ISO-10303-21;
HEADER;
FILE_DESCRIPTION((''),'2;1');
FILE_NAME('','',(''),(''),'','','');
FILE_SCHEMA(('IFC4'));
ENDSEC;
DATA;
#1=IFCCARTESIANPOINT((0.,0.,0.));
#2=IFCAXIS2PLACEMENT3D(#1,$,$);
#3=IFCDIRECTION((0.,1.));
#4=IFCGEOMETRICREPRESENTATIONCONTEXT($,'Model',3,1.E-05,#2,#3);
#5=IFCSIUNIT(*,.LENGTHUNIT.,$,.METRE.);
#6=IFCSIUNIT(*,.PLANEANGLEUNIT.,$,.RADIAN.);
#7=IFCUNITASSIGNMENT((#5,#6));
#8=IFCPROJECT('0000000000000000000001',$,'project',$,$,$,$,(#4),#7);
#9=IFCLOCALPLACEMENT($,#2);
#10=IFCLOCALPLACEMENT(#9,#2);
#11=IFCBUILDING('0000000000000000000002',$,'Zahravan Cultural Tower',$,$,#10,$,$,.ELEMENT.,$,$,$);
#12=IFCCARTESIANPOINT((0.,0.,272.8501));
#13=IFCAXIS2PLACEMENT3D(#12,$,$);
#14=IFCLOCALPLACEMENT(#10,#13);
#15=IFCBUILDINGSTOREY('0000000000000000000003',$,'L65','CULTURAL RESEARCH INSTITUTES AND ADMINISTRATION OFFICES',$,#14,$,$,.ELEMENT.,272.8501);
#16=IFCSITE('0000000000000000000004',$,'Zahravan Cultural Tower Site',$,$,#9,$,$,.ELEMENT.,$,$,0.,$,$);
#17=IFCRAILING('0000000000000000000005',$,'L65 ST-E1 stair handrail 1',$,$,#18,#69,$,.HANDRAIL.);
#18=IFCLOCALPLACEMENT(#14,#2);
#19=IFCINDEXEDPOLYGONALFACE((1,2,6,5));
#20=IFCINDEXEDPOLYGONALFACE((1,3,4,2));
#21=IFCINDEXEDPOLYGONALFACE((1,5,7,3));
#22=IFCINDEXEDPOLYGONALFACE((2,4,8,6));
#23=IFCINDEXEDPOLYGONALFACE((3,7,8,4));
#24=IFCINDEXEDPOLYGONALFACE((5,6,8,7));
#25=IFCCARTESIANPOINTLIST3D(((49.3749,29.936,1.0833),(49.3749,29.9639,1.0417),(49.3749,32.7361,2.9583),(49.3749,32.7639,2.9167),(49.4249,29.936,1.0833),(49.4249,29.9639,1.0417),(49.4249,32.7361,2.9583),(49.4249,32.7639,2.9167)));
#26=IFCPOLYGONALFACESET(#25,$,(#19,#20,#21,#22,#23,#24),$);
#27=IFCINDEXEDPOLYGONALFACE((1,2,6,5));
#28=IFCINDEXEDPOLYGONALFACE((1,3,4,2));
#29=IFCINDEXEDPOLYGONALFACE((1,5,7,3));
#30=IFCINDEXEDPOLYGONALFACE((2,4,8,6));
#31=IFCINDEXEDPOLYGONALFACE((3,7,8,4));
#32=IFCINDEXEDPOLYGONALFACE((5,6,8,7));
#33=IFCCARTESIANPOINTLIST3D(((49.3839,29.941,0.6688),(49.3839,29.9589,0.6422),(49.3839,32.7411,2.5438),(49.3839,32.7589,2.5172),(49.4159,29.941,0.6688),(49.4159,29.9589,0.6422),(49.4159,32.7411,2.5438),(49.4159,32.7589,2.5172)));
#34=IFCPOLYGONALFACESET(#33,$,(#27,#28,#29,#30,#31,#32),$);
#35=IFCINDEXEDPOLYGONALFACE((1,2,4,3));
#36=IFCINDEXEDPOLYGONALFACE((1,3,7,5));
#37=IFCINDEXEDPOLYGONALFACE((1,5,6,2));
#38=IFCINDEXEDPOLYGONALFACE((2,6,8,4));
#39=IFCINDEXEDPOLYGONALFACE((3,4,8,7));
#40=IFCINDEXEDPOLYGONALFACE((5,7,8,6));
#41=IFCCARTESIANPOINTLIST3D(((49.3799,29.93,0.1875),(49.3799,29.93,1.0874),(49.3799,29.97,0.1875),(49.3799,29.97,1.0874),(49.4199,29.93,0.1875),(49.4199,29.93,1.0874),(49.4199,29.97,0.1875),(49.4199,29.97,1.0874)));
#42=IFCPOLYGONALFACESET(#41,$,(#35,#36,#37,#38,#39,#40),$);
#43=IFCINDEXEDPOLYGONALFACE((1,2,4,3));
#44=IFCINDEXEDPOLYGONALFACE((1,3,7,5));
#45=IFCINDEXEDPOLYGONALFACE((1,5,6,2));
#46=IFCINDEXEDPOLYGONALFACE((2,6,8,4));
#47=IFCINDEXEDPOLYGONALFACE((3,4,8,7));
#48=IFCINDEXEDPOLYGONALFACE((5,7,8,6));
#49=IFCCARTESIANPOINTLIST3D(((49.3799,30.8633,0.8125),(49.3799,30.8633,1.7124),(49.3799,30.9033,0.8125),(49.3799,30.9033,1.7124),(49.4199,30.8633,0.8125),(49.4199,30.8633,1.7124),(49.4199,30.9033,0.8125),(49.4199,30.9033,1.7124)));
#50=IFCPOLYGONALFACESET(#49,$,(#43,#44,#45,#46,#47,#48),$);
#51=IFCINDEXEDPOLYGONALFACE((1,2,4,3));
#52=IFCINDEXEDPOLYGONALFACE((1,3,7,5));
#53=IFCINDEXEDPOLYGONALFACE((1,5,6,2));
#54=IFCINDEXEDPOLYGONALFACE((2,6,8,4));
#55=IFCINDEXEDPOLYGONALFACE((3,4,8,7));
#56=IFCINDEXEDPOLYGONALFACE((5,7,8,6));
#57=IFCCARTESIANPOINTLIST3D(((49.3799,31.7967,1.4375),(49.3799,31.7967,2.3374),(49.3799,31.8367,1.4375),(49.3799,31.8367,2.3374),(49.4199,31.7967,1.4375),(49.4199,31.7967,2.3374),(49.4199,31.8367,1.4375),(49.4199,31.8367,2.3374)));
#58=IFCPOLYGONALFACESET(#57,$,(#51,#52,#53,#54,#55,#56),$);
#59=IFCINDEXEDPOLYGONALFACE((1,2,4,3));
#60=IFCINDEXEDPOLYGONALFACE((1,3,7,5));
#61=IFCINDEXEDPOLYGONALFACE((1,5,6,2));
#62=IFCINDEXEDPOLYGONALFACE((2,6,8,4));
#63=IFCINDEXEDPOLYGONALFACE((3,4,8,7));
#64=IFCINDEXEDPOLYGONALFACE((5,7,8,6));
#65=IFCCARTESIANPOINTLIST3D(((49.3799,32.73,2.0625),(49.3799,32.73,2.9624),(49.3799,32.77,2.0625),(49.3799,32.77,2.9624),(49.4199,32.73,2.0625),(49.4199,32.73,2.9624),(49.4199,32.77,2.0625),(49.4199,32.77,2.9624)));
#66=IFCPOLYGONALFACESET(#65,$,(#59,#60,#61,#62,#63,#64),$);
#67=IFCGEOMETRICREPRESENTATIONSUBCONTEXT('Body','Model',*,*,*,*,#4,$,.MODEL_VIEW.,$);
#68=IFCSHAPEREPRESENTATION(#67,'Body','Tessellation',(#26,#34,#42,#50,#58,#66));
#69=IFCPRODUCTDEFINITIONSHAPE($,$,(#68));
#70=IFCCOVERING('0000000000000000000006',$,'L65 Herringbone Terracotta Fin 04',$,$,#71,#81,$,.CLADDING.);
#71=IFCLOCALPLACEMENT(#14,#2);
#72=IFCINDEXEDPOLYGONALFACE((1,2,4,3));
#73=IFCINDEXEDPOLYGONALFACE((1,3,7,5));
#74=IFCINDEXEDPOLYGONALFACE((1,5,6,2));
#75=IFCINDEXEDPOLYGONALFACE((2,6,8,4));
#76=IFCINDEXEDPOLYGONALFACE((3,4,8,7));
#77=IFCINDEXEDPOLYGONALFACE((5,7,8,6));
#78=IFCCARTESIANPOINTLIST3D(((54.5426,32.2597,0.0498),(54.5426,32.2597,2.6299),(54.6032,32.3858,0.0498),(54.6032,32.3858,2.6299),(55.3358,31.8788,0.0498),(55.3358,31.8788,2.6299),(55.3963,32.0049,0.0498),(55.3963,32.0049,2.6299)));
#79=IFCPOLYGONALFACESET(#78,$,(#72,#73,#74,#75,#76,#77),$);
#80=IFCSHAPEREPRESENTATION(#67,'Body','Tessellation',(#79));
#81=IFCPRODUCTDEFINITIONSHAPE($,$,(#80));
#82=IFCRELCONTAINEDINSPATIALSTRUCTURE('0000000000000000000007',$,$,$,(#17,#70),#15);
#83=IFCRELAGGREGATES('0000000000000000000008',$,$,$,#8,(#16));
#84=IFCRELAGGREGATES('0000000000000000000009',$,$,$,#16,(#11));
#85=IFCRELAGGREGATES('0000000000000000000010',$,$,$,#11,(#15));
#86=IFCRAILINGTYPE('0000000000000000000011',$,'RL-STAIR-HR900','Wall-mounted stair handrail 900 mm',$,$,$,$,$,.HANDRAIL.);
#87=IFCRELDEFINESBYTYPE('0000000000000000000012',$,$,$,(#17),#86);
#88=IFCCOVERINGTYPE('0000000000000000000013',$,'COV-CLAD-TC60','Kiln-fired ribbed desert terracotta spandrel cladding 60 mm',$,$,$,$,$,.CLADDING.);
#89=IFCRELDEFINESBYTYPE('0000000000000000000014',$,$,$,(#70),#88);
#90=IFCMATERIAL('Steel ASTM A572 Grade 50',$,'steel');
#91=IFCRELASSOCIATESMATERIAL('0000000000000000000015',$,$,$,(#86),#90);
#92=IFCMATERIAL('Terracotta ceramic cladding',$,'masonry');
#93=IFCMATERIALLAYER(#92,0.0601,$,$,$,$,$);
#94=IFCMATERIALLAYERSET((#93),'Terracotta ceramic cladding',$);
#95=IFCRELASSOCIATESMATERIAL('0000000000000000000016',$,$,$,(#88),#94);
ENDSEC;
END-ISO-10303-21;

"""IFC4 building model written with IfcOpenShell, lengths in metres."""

from ifc_helpers import new_model, si_unit, direction, frame, origin, origin_2d, place, context, subcontext, project, spatial, rectangle, extrude, source, transform, mapped, material, layer, layer_set, type_object, element, save


model = new_model("IFC4")

# Units and contexts
model_context = context("Model", 3, precision=1e-05, world=origin(), true_north=direction((0.0, 1.0)))
body_context = subcontext(model_context, "Body", "Model", "MODEL_VIEW")
ifc_project = project(units=[si_unit("LENGTHUNIT", "METRE"), si_unit("PLANEANGLEUNIT", "RADIAN")], contexts=[model_context])

# Site, building, storey
site_placement = place(None, origin())
site = spatial("IfcSite", under=ifc_project, at=site_placement, Name="Zahravan Cultural Tower Site", CompositionType="ELEMENT", RefElevation=0.0)
building_placement = place(site_placement, origin())
building = spatial("IfcBuilding", under=site, at=building_placement, Name="Zahravan Cultural Tower", CompositionType="ELEMENT")
storey_placement = place(building_placement, frame((0.0, 0.0, 272.8501)))
storey = spatial("IfcBuildingStorey", under=building, at=storey_placement, Name="L65", Description="CULTURAL RESEARCH INSTITUTES AND ADMINISTRATION OFFICES", CompositionType="ELEMENT", Elevation=272.8501)

# Railing
ifc_material_1 = material(Name="Steel ASTM A572 Grade 50", Category="steel")
railing_type_1 = type_object("IfcRailingType", Name="RL-STAIR-HR900", Description="Wall-mounted stair handrail 900 mm", PredefinedType="HANDRAIL", material=ifc_material_1)
railing_1_placement = place(storey_placement, frame((49.3999, 29.95, 0.1875)))
element("IfcRailing", 1, at=railing_1_placement, inside=storey, type_object=railing_type_1, Name="L65 ST-E1 stair handrail 1", PredefinedType="HANDRAIL", context=body_context, shape_type="SweptSolid", body=[
    extrude(rectangle(XDim=0.05, YDim=0.05, at=origin_2d()), frame((0.0, 0.0, 0.875), z_axis=(0.0, 0.830912, 0.556404), x_axis=(-1.0, 0.0, 0.0)), (0.0, 0.0, 1.0), 3.3699),
    extrude(rectangle(XDim=0.032, YDim=0.032, at=origin_2d()), frame((0.0, 0.0, 0.468), z_axis=(0.0, 0.830912, 0.556404), x_axis=(-1.0, 0.0, 0.0)), (0.0, 0.0, 1.0), 3.3699),
    extrude(rectangle(XDim=0.04, YDim=0.04, at=origin_2d()), origin(), (0.0, 0.0, 1.0), 0.8999),
    extrude(rectangle(XDim=0.04, YDim=0.04, at=origin_2d()), frame((0.0, 0.9333, 0.625)), (0.0, 0.0, 1.0), 0.8999),
    extrude(rectangle(XDim=0.04, YDim=0.04, at=origin_2d()), frame((0.0, 1.8667, 1.25)), (0.0, 0.0, 1.0), 0.8999),
    extrude(rectangle(XDim=0.04, YDim=0.04, at=origin_2d()), frame((0.0, 2.8, 1.875)), (0.0, 0.0, 1.0), 0.8999),
])

# Covering
ifc_material_2 = material(Name="Terracotta ceramic cladding", Category="masonry")
ifc_layer_1 = layer(ifc_material_2, 0.0601)
ifc_layer_set_1 = layer_set([ifc_layer_1], Name="Terracotta ceramic cladding")
covering_type = type_object("IfcCoveringType", Name="COV-CLAD-TC60", Description="Kiln-fired ribbed desert terracotta spandrel cladding 60 mm", PredefinedType="CLADDING", material=ifc_layer_set_1)
shared_shape_1 = source(origin(), body_context, "Body", "SweptSolid", [
    extrude(rectangle(XDim=0.8799, YDim=0.1399, at=origin_2d()), origin(), (0.0, 0.0, 1.0), 2.5801),
])
covering_placement = place(storey_placement, frame((54.9695, 32.1323, 0.0498), z_axis=(0.0, 0.0, 1.0), x_axis=(0.901455, -0.432873, 0.0)))
element("IfcCovering", 2, at=covering_placement, inside=storey, type_object=covering_type, Name="L65 Herringbone Terracotta Fin 04", PredefinedType="CLADDING", context=body_context, shape_type="MappedRepresentation", body=[
    mapped(shared_shape_1, transform((0.0, 0.0, 0.0), x_axis=(1.0, 0.0, 0.0), y_axis=(0.0, 1.0, 0.0), z_axis=(0.0, 0.0, 1.0), scale=1.0)),
])

save(model, "model.ifc")
